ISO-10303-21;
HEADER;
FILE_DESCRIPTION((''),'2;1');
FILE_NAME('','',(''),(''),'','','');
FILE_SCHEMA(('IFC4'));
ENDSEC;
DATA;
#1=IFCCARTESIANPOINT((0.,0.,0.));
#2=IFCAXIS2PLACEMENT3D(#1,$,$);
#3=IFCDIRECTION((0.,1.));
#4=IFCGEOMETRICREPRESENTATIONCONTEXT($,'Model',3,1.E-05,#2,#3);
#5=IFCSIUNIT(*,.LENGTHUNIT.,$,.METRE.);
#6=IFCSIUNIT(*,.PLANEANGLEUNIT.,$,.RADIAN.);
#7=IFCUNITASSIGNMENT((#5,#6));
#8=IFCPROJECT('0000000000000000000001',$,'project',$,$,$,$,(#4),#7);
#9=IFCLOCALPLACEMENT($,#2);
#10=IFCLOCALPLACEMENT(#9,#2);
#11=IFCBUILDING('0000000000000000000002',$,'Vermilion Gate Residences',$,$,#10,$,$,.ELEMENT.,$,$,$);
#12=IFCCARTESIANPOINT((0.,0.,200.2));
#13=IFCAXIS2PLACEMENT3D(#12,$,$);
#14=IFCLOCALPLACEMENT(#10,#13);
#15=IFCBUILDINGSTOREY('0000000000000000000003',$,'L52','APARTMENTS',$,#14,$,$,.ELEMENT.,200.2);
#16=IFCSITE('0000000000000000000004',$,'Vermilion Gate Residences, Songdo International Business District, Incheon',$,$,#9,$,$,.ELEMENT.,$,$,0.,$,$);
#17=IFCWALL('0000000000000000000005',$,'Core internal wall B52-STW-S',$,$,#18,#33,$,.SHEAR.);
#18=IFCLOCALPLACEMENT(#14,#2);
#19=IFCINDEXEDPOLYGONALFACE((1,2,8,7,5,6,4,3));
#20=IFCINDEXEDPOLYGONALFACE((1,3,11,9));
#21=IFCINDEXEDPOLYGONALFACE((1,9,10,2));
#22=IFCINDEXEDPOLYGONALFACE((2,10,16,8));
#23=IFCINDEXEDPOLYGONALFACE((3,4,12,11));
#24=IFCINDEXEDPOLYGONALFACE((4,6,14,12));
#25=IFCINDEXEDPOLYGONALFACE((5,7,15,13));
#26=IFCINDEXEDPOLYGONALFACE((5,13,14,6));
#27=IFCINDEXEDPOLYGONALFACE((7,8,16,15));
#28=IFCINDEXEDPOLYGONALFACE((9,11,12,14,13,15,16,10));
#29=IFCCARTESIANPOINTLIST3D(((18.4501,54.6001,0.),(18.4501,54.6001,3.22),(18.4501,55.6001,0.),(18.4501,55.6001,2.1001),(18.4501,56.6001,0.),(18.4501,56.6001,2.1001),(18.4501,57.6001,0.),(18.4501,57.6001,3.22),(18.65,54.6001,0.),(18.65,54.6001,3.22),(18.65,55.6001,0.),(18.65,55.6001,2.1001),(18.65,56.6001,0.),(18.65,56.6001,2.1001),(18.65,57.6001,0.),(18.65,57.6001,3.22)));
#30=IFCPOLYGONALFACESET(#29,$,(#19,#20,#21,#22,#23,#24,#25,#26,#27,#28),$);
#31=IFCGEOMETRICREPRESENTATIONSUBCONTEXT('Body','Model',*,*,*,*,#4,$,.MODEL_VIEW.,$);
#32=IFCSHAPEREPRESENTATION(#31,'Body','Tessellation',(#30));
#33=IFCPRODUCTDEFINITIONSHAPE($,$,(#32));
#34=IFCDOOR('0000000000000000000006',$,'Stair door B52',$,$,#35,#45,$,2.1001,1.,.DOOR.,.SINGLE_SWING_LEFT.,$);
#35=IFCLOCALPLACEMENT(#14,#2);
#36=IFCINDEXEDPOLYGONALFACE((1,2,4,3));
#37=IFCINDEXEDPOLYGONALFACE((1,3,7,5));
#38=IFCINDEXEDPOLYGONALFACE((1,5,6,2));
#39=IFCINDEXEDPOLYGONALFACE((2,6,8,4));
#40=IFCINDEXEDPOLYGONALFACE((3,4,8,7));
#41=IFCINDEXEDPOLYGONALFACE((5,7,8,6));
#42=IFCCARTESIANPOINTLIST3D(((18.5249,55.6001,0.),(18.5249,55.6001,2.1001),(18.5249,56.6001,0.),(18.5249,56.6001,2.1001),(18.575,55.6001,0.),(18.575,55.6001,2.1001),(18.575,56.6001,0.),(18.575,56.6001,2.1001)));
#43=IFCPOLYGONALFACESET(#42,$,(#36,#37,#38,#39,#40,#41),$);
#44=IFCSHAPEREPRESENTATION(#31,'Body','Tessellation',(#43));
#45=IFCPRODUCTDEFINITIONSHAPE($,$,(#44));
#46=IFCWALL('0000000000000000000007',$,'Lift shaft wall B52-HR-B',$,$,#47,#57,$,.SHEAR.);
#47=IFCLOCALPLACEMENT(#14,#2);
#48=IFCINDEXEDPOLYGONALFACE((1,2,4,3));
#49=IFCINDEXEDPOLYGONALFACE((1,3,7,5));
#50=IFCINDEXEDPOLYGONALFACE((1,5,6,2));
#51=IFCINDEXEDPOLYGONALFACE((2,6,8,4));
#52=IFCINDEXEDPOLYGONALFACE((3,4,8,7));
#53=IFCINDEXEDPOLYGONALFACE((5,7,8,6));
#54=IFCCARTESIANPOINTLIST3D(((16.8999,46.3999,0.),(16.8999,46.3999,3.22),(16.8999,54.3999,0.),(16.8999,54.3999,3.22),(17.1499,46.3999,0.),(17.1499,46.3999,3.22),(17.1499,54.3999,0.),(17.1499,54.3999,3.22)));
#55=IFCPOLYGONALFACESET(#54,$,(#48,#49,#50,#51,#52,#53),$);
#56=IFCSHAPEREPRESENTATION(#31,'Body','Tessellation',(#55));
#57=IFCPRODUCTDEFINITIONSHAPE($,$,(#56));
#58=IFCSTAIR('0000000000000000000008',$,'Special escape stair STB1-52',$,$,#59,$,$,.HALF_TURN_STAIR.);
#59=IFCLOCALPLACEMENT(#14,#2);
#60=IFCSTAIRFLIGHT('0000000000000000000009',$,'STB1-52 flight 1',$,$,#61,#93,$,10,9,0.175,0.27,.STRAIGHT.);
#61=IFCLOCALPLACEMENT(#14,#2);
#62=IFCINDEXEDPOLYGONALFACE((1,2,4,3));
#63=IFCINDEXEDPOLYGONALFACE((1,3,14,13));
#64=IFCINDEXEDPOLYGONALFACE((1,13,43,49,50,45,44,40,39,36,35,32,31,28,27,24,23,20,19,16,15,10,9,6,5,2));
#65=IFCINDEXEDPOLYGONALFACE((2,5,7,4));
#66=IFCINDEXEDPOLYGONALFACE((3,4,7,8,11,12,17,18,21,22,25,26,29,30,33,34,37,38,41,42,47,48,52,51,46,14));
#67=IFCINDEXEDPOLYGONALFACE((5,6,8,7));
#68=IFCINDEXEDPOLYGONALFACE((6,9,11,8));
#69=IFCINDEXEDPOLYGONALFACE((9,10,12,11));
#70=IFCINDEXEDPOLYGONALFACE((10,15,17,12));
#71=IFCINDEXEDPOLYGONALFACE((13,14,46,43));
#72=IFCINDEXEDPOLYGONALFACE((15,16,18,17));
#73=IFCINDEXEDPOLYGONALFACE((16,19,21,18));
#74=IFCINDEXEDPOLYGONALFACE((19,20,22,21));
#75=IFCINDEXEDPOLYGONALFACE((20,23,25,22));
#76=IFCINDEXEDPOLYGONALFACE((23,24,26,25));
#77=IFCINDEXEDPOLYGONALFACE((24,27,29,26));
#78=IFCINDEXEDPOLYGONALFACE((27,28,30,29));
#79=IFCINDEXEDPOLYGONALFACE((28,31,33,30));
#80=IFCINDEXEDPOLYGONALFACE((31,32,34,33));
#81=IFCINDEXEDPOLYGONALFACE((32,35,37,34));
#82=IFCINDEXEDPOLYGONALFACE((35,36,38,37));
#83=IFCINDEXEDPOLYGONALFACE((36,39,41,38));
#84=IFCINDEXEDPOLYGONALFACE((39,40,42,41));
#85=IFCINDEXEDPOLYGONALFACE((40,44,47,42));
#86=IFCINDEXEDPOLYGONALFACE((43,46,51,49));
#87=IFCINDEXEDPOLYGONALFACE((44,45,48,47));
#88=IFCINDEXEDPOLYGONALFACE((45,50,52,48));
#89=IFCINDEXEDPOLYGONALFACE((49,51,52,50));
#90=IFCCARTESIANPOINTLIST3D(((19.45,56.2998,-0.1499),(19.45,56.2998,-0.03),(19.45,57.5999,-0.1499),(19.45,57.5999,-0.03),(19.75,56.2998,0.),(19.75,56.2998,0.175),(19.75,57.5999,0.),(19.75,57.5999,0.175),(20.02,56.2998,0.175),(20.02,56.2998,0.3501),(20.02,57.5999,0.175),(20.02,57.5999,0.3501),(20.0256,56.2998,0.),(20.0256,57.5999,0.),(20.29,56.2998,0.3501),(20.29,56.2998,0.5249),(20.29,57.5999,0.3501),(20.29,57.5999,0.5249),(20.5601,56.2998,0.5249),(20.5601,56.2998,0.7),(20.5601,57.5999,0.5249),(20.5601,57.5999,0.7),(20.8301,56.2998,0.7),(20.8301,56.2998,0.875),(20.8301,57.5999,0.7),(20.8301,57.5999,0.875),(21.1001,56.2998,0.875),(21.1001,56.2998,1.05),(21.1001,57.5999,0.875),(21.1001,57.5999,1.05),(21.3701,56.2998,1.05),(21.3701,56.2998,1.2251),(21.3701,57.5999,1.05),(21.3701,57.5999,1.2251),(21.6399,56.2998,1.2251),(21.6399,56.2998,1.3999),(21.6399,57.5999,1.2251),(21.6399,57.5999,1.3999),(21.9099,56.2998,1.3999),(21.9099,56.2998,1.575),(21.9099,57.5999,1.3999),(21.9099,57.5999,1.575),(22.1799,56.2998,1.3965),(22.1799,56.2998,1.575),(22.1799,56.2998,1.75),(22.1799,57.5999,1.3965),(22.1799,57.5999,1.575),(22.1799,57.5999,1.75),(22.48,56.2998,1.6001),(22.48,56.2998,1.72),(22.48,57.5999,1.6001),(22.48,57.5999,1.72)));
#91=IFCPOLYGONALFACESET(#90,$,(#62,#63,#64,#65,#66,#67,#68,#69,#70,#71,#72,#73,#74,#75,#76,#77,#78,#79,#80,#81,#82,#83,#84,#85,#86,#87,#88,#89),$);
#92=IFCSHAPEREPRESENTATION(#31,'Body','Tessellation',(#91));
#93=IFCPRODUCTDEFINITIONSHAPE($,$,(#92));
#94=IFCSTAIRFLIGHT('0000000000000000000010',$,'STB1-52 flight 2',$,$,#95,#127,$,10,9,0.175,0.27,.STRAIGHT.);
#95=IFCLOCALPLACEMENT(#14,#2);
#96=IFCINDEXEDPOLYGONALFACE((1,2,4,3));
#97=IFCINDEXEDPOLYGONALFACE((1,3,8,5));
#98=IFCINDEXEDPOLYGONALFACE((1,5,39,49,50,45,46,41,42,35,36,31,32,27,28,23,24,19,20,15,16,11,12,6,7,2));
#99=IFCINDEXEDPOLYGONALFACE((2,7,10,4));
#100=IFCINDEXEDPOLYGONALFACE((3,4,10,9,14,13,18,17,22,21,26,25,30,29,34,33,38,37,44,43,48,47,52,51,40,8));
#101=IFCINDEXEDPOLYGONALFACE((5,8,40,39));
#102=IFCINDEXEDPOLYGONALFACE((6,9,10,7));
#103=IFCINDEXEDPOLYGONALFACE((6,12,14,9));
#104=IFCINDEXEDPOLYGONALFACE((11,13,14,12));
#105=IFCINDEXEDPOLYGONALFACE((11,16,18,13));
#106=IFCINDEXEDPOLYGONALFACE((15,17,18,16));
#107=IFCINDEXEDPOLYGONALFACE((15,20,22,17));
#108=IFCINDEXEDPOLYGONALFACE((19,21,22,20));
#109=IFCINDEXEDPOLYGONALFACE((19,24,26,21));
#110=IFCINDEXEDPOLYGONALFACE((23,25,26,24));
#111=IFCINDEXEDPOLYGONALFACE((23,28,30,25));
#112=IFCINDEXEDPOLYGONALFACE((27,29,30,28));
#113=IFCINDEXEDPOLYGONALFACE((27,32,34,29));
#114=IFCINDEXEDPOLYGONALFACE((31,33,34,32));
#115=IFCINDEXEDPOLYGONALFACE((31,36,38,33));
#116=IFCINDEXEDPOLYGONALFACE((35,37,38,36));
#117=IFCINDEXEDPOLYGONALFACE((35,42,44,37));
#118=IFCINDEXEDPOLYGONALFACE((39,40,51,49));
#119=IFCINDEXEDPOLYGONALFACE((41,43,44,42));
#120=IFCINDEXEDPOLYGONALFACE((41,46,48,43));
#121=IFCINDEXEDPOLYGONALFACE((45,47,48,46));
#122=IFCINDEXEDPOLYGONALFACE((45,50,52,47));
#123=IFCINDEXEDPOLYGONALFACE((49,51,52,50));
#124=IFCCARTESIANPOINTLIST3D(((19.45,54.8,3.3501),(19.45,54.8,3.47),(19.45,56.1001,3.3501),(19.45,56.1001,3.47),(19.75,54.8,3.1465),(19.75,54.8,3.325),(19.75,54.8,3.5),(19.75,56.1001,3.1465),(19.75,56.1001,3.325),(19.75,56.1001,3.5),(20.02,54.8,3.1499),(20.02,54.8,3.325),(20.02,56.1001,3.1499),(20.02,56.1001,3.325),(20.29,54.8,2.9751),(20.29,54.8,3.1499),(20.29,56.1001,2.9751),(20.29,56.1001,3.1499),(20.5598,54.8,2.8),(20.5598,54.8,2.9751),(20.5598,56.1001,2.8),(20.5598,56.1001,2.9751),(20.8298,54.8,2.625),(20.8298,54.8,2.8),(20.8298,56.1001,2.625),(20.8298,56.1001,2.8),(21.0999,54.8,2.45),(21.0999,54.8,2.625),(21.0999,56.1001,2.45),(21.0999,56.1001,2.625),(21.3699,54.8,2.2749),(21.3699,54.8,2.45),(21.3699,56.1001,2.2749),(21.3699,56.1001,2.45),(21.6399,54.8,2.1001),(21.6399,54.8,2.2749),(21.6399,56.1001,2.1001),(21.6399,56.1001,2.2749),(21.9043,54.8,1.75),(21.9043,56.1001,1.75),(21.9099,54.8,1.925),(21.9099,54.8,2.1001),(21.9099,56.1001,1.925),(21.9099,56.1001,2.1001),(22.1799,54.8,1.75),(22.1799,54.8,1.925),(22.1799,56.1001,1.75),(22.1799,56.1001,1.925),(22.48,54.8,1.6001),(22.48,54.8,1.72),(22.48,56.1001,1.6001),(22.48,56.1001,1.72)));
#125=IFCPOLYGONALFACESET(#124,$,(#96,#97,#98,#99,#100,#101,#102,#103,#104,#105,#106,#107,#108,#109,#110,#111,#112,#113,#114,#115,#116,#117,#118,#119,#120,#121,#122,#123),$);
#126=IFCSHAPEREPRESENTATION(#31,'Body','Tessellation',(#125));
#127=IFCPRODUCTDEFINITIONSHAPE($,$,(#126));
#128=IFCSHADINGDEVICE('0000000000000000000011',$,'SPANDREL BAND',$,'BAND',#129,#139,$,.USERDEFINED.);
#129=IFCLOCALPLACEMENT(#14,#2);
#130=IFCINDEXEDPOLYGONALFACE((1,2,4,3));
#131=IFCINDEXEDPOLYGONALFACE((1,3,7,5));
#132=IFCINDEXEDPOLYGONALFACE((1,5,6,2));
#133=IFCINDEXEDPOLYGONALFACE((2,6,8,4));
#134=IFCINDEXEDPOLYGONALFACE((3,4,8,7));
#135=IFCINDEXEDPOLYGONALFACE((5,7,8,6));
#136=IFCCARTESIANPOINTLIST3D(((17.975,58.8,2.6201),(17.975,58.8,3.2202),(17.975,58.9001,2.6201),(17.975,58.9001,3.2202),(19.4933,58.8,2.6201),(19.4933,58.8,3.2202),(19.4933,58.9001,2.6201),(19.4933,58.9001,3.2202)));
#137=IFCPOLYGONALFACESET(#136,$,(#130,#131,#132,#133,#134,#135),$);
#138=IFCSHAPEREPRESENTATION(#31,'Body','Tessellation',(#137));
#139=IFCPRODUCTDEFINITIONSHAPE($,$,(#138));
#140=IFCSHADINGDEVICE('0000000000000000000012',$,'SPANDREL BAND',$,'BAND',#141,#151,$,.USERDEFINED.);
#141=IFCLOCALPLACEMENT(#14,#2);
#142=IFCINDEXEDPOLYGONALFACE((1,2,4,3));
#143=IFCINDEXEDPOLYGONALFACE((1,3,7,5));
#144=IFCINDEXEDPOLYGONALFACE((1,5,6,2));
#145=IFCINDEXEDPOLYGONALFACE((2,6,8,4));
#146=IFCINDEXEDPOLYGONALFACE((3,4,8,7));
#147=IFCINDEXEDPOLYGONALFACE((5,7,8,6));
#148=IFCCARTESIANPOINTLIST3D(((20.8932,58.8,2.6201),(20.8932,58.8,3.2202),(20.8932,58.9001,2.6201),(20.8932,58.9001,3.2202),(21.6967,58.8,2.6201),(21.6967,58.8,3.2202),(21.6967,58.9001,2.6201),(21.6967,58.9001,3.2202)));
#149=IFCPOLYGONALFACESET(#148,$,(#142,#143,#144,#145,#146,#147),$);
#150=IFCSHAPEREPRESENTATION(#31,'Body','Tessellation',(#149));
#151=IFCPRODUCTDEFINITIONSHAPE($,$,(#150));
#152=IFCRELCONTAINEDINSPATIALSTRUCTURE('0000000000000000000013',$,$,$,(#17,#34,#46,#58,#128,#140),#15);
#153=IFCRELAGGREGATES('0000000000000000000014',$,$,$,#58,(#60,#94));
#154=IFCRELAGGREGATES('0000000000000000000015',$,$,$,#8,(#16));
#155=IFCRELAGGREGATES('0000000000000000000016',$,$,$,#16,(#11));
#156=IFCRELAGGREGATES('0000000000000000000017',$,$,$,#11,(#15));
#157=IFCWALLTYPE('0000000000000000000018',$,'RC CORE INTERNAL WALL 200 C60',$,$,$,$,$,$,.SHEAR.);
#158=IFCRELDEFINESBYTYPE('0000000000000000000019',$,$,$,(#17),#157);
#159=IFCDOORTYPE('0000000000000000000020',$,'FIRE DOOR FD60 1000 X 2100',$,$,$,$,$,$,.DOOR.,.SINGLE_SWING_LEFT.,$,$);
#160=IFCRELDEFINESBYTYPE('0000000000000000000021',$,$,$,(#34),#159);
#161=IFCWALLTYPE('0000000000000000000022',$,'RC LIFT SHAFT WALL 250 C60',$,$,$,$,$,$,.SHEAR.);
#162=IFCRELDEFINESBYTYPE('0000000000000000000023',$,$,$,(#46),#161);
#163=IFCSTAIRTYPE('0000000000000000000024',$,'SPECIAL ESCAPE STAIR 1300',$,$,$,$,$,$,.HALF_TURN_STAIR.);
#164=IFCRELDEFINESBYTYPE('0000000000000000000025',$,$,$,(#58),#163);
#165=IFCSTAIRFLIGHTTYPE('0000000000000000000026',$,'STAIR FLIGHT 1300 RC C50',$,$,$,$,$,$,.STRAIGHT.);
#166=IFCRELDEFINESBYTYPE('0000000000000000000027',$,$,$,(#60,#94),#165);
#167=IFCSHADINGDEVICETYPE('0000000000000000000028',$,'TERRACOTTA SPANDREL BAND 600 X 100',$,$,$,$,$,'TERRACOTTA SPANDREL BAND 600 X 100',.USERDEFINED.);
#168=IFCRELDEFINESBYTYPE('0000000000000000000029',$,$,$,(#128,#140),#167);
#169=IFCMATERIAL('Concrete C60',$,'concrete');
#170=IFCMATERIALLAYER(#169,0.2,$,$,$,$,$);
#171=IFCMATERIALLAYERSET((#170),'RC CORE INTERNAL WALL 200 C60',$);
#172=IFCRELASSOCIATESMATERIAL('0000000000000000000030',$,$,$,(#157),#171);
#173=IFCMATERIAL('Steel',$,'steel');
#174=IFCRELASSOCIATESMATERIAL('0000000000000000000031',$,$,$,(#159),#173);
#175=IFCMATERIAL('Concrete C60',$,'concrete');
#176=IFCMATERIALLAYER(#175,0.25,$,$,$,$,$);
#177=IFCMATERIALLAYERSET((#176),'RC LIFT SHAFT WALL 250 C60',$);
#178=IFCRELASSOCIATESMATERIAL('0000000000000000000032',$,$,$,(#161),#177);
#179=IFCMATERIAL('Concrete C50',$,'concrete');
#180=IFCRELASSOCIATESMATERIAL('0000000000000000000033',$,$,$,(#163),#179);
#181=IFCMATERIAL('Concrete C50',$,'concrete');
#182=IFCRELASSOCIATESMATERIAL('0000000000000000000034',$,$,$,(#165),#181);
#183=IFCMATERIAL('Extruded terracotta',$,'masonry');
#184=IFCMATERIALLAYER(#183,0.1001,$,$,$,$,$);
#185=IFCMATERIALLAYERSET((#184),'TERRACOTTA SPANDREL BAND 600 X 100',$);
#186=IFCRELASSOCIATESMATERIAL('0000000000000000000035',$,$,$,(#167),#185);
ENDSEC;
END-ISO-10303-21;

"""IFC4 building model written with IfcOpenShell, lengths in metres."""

from ifc_helpers import new_model, si_unit, direction, frame, frame_2d, origin, origin_2d, place, context, subcontext, project, spatial, polyline, rectangle, outline, extrude, material, layer, layer_set, type_object, element, fill, aggregate, save


model = new_model("IFC4")

# Units and contexts
model_context = context("Model", 3, precision=1e-05, world=origin(), true_north=direction((0.0, 1.0)))
body_context = subcontext(model_context, "Body", "Model", "MODEL_VIEW")
ifc_project = project(units=[si_unit("LENGTHUNIT", "METRE"), si_unit("PLANEANGLEUNIT", "RADIAN")], contexts=[model_context])

# Site, building, storey
site_placement = place(None, origin())
site = spatial("IfcSite", under=ifc_project, at=site_placement, Name="Vermilion Gate Residences, Songdo International Business District, Incheon", CompositionType="ELEMENT", RefElevation=0.0)
building_placement = place(site_placement, origin())
building = spatial("IfcBuilding", under=site, at=building_placement, Name="Vermilion Gate Residences", CompositionType="ELEMENT")
storey_placement = place(building_placement, frame((0.0, 0.0, 200.2)))
storey = spatial("IfcBuildingStorey", under=building, at=storey_placement, Name="L52", Description="APARTMENTS", CompositionType="ELEMENT", Elevation=200.2)

# Shared definitions
ifc_material_1 = material(Name="Concrete C60", Category="concrete")
ifc_layer_1 = layer(ifc_material_1, 0.2)
ifc_layer_set_1 = layer_set([ifc_layer_1], Name="RC CORE INTERNAL WALL 200 C60")
wall_type_1 = type_object("IfcWallType", Name="RC CORE INTERNAL WALL 200 C60", PredefinedType="SHEAR", material=ifc_layer_set_1)

# Wall, opening, door
wall_1_placement = place(storey_placement, frame((18.55, 57.6001, 0.0), z_axis=(0.0, 0.0, 1.0), x_axis=(0.0, -1.0, 0.0)))
wall_1 = element("IfcWall", 1, at=wall_1_placement, inside=storey, type_object=wall_type_1, Name="Core internal wall B52-STW-S", PredefinedType="SHEAR", context=body_context, shape_type="SweptSolid", body=[
    extrude(rectangle(XDim=3.0, YDim=0.2, at=frame_2d((1.5, 0.0))), origin(), (0.0, 0.0, 1.0), 3.22),
])
opening_1_placement = place(wall_1_placement, frame((1.0, 0.0, 0.0)))
opening_1 = element("IfcOpeningElement", 2, at=opening_1_placement, cuts=wall_1, PredefinedType="OPENING", context=body_context, shape_type="SweptSolid", body=[
    extrude(rectangle(XDim=1.0, YDim=2.1001, at=frame_2d((0.5, 1.05))), frame((0.0, 0.1099, 0.0), z_axis=(0.0, -1.0, 0.0), x_axis=(1.0, 0.0, 0.0)), (0.0, 0.0, 1.0), 0.22),
])
ifc_material_2 = material(Name="Steel", Category="steel")
door_type_1 = type_object("IfcDoorType", Name="FIRE DOOR FD60 1000 X 2100", OperationType="SINGLE_SWING_LEFT", PredefinedType="DOOR", material=ifc_material_2)
door_1_placement = place(opening_1_placement, origin())
door_1 = element("IfcDoor", 3, at=door_1_placement, inside=storey, type_object=door_type_1, Name="Stair door B52", OperationType="SINGLE_SWING_LEFT", OverallHeight=2.1001, OverallWidth=1.0, PredefinedType="DOOR", context=body_context, shape_type="SweptSolid", body=[
    extrude(rectangle(XDim=1.0, YDim=2.1001, at=frame_2d((0.5, 1.05))), frame((0.0, 0.0249, 0.0), z_axis=(0.0, -1.0, 0.0), x_axis=(1.0, 0.0, 0.0)), (0.0, 0.0, 1.0), 0.05),
])
fill(opening_1, door_1)

# Wall
ifc_material_3 = material(Name="Concrete C60", Category="concrete")
ifc_layer_2 = layer(ifc_material_3, 0.25)
ifc_layer_set_2 = layer_set([ifc_layer_2], Name="RC LIFT SHAFT WALL 250 C60")
wall_type_2 = type_object("IfcWallType", Name="RC LIFT SHAFT WALL 250 C60", PredefinedType="SHEAR", material=ifc_layer_set_2)
wall_2_placement = place(storey_placement, frame((17.0249, 54.3999, 0.0), z_axis=(0.0, 0.0, 1.0), x_axis=(0.0, -1.0, 0.0)))
element("IfcWall", 4, at=wall_2_placement, inside=storey, type_object=wall_type_2, Name="Lift shaft wall B52-HR-B", PredefinedType="SHEAR", context=body_context, shape_type="SweptSolid", body=[
    extrude(rectangle(XDim=8.0, YDim=0.25, at=frame_2d((4.0, 0.0))), origin(), (0.0, 0.0, 1.0), 3.22),
])

# Stair, stair flights
ifc_material_4 = material(Name="Concrete C50", Category="concrete")
stair_type = type_object("IfcStairType", Name="SPECIAL ESCAPE STAIR 1300", PredefinedType="HALF_TURN_STAIR", material=ifc_material_4)
stair_placement = place(storey_placement, origin())
stair = element("IfcStair", 5, at=stair_placement, inside=storey, type_object=stair_type, Name="Special escape stair STB1-52", PredefinedType="HALF_TURN_STAIR")
ifc_material_5 = material(Name="Concrete C50", Category="concrete")
stair_flight_type = type_object("IfcStairFlightType", Name="STAIR FLIGHT 1300 RC C50", PredefinedType="STRAIGHT", material=ifc_material_5)
stair_flight_1_placement = place(storey_placement, frame((19.75, 56.95, 0.0), z_axis=(0.0, 0.0, 1.0), x_axis=(1.0, 0.0, 0.0)))
stair_flight_1 = element("IfcStairFlight", 6, at=stair_flight_1_placement, type_object=stair_flight_type, Name="STB1-52 flight 1", NumberOfRisers=10, NumberOfTreads=9, PredefinedType="STRAIGHT", RiserHeight=0.175, TreadLength=0.27, context=body_context, shape_type="SweptSolid", body=[
    extrude(outline(polyline([(-0.3, -0.1499), (-0.3, -0.03), (0.0, 0.0), (0.0, 0.175), (0.27, 0.175), (0.27, 0.3501), (0.54, 0.3501), (0.54, 0.5249), (0.8101, 0.5249), (0.8101, 0.7), (1.0801, 0.7), (1.0801, 0.875), (1.3501, 0.875), (1.3501, 1.05), (1.6201, 1.05), (1.6201, 1.2251), (1.8899, 1.2251), (1.8899, 1.3999), (2.1599, 1.3999), (2.1599, 1.575), (2.4299, 1.575), (2.4299, 1.75), (2.73, 1.72), (2.73, 1.6001), (2.4299, 1.3965), (0.2756, 0.0), (-0.3, -0.1499)])), frame((0.0, 0.6499, 0.0), z_axis=(0.0, -1.0, 0.0), x_axis=(1.0, 0.0, 0.0)), (0.0, 0.0, 1.0), 1.3),
])
stair_flight_2_placement = place(storey_placement, frame((22.1799, 55.45, 1.75), z_axis=(0.0, 0.0, 1.0), x_axis=(-1.0, 0.0, 0.0)))
stair_flight_2 = element("IfcStairFlight", 7, at=stair_flight_2_placement, type_object=stair_flight_type, Name="STB1-52 flight 2", NumberOfRisers=10, NumberOfTreads=9, PredefinedType="STRAIGHT", RiserHeight=0.175, TreadLength=0.27, context=body_context, shape_type="SweptSolid", body=[
    extrude(outline(polyline([(-0.3, -0.1499), (-0.3, -0.03), (0.0, 0.0), (0.0, 0.175), (0.27, 0.175), (0.27, 0.3501), (0.54, 0.3501), (0.54, 0.5249), (0.8101, 0.5249), (0.8101, 0.7), (1.0801, 0.7), (1.0801, 0.875), (1.3501, 0.875), (1.3501, 1.05), (1.6201, 1.05), (1.6201, 1.2251), (1.8899, 1.2251), (1.8899, 1.3999), (2.1599, 1.3999), (2.1599, 1.575), (2.4299, 1.575), (2.4299, 1.75), (2.73, 1.72), (2.73, 1.6001), (2.4299, 1.3965), (0.2756, 0.0), (-0.3, -0.1499)])), frame((0.0, 0.6499, 0.0), z_axis=(0.0, -1.0, 0.0), x_axis=(1.0, 0.0, 0.0)), (0.0, 0.0, 1.0), 1.3),
])
aggregate(stair, [stair_flight_1, stair_flight_2])

# Shading devices
ifc_material_6 = material(Name="Extruded terracotta", Category="masonry")
ifc_layer_3 = layer(ifc_material_6, 0.1001)
ifc_layer_set_3 = layer_set([ifc_layer_3], Name="TERRACOTTA SPANDREL BAND 600 X 100")
shading_device_type = type_object("IfcShadingDeviceType", Name="TERRACOTTA SPANDREL BAND 600 X 100", ElementType="TERRACOTTA SPANDREL BAND 600 X 100", PredefinedType="USERDEFINED", material=ifc_layer_set_3)
shading_device_1_placement = place(storey_placement, frame((18.7341, 58.8501, 2.6201), z_axis=(0.0, 0.0, 1.0), x_axis=(1.0, 0.0, 0.0)))
element("IfcShadingDevice", 8, at=shading_device_1_placement, inside=storey, type_object=shading_device_type, Name="SPANDREL BAND", ObjectType="BAND", PredefinedType="USERDEFINED", context=body_context, shape_type="SweptSolid", body=[
    extrude(rectangle(XDim=1.5183, YDim=0.1001, at=origin_2d()), origin(), (0.0, 0.0, 1.0), 0.6001),
])
shading_device_2_placement = place(storey_placement, frame((21.2949, 58.8501, 2.6201), z_axis=(0.0, 0.0, 1.0), x_axis=(1.0, 0.0, 0.0)))
element("IfcShadingDevice", 9, at=shading_device_2_placement, inside=storey, type_object=shading_device_type, Name="SPANDREL BAND", ObjectType="BAND", PredefinedType="USERDEFINED", context=body_context, shape_type="SweptSolid", body=[
    extrude(rectangle(XDim=0.8035, YDim=0.1001, at=origin_2d()), origin(), (0.0, 0.0, 1.0), 0.6001),
])

save(model, "model.ifc")
